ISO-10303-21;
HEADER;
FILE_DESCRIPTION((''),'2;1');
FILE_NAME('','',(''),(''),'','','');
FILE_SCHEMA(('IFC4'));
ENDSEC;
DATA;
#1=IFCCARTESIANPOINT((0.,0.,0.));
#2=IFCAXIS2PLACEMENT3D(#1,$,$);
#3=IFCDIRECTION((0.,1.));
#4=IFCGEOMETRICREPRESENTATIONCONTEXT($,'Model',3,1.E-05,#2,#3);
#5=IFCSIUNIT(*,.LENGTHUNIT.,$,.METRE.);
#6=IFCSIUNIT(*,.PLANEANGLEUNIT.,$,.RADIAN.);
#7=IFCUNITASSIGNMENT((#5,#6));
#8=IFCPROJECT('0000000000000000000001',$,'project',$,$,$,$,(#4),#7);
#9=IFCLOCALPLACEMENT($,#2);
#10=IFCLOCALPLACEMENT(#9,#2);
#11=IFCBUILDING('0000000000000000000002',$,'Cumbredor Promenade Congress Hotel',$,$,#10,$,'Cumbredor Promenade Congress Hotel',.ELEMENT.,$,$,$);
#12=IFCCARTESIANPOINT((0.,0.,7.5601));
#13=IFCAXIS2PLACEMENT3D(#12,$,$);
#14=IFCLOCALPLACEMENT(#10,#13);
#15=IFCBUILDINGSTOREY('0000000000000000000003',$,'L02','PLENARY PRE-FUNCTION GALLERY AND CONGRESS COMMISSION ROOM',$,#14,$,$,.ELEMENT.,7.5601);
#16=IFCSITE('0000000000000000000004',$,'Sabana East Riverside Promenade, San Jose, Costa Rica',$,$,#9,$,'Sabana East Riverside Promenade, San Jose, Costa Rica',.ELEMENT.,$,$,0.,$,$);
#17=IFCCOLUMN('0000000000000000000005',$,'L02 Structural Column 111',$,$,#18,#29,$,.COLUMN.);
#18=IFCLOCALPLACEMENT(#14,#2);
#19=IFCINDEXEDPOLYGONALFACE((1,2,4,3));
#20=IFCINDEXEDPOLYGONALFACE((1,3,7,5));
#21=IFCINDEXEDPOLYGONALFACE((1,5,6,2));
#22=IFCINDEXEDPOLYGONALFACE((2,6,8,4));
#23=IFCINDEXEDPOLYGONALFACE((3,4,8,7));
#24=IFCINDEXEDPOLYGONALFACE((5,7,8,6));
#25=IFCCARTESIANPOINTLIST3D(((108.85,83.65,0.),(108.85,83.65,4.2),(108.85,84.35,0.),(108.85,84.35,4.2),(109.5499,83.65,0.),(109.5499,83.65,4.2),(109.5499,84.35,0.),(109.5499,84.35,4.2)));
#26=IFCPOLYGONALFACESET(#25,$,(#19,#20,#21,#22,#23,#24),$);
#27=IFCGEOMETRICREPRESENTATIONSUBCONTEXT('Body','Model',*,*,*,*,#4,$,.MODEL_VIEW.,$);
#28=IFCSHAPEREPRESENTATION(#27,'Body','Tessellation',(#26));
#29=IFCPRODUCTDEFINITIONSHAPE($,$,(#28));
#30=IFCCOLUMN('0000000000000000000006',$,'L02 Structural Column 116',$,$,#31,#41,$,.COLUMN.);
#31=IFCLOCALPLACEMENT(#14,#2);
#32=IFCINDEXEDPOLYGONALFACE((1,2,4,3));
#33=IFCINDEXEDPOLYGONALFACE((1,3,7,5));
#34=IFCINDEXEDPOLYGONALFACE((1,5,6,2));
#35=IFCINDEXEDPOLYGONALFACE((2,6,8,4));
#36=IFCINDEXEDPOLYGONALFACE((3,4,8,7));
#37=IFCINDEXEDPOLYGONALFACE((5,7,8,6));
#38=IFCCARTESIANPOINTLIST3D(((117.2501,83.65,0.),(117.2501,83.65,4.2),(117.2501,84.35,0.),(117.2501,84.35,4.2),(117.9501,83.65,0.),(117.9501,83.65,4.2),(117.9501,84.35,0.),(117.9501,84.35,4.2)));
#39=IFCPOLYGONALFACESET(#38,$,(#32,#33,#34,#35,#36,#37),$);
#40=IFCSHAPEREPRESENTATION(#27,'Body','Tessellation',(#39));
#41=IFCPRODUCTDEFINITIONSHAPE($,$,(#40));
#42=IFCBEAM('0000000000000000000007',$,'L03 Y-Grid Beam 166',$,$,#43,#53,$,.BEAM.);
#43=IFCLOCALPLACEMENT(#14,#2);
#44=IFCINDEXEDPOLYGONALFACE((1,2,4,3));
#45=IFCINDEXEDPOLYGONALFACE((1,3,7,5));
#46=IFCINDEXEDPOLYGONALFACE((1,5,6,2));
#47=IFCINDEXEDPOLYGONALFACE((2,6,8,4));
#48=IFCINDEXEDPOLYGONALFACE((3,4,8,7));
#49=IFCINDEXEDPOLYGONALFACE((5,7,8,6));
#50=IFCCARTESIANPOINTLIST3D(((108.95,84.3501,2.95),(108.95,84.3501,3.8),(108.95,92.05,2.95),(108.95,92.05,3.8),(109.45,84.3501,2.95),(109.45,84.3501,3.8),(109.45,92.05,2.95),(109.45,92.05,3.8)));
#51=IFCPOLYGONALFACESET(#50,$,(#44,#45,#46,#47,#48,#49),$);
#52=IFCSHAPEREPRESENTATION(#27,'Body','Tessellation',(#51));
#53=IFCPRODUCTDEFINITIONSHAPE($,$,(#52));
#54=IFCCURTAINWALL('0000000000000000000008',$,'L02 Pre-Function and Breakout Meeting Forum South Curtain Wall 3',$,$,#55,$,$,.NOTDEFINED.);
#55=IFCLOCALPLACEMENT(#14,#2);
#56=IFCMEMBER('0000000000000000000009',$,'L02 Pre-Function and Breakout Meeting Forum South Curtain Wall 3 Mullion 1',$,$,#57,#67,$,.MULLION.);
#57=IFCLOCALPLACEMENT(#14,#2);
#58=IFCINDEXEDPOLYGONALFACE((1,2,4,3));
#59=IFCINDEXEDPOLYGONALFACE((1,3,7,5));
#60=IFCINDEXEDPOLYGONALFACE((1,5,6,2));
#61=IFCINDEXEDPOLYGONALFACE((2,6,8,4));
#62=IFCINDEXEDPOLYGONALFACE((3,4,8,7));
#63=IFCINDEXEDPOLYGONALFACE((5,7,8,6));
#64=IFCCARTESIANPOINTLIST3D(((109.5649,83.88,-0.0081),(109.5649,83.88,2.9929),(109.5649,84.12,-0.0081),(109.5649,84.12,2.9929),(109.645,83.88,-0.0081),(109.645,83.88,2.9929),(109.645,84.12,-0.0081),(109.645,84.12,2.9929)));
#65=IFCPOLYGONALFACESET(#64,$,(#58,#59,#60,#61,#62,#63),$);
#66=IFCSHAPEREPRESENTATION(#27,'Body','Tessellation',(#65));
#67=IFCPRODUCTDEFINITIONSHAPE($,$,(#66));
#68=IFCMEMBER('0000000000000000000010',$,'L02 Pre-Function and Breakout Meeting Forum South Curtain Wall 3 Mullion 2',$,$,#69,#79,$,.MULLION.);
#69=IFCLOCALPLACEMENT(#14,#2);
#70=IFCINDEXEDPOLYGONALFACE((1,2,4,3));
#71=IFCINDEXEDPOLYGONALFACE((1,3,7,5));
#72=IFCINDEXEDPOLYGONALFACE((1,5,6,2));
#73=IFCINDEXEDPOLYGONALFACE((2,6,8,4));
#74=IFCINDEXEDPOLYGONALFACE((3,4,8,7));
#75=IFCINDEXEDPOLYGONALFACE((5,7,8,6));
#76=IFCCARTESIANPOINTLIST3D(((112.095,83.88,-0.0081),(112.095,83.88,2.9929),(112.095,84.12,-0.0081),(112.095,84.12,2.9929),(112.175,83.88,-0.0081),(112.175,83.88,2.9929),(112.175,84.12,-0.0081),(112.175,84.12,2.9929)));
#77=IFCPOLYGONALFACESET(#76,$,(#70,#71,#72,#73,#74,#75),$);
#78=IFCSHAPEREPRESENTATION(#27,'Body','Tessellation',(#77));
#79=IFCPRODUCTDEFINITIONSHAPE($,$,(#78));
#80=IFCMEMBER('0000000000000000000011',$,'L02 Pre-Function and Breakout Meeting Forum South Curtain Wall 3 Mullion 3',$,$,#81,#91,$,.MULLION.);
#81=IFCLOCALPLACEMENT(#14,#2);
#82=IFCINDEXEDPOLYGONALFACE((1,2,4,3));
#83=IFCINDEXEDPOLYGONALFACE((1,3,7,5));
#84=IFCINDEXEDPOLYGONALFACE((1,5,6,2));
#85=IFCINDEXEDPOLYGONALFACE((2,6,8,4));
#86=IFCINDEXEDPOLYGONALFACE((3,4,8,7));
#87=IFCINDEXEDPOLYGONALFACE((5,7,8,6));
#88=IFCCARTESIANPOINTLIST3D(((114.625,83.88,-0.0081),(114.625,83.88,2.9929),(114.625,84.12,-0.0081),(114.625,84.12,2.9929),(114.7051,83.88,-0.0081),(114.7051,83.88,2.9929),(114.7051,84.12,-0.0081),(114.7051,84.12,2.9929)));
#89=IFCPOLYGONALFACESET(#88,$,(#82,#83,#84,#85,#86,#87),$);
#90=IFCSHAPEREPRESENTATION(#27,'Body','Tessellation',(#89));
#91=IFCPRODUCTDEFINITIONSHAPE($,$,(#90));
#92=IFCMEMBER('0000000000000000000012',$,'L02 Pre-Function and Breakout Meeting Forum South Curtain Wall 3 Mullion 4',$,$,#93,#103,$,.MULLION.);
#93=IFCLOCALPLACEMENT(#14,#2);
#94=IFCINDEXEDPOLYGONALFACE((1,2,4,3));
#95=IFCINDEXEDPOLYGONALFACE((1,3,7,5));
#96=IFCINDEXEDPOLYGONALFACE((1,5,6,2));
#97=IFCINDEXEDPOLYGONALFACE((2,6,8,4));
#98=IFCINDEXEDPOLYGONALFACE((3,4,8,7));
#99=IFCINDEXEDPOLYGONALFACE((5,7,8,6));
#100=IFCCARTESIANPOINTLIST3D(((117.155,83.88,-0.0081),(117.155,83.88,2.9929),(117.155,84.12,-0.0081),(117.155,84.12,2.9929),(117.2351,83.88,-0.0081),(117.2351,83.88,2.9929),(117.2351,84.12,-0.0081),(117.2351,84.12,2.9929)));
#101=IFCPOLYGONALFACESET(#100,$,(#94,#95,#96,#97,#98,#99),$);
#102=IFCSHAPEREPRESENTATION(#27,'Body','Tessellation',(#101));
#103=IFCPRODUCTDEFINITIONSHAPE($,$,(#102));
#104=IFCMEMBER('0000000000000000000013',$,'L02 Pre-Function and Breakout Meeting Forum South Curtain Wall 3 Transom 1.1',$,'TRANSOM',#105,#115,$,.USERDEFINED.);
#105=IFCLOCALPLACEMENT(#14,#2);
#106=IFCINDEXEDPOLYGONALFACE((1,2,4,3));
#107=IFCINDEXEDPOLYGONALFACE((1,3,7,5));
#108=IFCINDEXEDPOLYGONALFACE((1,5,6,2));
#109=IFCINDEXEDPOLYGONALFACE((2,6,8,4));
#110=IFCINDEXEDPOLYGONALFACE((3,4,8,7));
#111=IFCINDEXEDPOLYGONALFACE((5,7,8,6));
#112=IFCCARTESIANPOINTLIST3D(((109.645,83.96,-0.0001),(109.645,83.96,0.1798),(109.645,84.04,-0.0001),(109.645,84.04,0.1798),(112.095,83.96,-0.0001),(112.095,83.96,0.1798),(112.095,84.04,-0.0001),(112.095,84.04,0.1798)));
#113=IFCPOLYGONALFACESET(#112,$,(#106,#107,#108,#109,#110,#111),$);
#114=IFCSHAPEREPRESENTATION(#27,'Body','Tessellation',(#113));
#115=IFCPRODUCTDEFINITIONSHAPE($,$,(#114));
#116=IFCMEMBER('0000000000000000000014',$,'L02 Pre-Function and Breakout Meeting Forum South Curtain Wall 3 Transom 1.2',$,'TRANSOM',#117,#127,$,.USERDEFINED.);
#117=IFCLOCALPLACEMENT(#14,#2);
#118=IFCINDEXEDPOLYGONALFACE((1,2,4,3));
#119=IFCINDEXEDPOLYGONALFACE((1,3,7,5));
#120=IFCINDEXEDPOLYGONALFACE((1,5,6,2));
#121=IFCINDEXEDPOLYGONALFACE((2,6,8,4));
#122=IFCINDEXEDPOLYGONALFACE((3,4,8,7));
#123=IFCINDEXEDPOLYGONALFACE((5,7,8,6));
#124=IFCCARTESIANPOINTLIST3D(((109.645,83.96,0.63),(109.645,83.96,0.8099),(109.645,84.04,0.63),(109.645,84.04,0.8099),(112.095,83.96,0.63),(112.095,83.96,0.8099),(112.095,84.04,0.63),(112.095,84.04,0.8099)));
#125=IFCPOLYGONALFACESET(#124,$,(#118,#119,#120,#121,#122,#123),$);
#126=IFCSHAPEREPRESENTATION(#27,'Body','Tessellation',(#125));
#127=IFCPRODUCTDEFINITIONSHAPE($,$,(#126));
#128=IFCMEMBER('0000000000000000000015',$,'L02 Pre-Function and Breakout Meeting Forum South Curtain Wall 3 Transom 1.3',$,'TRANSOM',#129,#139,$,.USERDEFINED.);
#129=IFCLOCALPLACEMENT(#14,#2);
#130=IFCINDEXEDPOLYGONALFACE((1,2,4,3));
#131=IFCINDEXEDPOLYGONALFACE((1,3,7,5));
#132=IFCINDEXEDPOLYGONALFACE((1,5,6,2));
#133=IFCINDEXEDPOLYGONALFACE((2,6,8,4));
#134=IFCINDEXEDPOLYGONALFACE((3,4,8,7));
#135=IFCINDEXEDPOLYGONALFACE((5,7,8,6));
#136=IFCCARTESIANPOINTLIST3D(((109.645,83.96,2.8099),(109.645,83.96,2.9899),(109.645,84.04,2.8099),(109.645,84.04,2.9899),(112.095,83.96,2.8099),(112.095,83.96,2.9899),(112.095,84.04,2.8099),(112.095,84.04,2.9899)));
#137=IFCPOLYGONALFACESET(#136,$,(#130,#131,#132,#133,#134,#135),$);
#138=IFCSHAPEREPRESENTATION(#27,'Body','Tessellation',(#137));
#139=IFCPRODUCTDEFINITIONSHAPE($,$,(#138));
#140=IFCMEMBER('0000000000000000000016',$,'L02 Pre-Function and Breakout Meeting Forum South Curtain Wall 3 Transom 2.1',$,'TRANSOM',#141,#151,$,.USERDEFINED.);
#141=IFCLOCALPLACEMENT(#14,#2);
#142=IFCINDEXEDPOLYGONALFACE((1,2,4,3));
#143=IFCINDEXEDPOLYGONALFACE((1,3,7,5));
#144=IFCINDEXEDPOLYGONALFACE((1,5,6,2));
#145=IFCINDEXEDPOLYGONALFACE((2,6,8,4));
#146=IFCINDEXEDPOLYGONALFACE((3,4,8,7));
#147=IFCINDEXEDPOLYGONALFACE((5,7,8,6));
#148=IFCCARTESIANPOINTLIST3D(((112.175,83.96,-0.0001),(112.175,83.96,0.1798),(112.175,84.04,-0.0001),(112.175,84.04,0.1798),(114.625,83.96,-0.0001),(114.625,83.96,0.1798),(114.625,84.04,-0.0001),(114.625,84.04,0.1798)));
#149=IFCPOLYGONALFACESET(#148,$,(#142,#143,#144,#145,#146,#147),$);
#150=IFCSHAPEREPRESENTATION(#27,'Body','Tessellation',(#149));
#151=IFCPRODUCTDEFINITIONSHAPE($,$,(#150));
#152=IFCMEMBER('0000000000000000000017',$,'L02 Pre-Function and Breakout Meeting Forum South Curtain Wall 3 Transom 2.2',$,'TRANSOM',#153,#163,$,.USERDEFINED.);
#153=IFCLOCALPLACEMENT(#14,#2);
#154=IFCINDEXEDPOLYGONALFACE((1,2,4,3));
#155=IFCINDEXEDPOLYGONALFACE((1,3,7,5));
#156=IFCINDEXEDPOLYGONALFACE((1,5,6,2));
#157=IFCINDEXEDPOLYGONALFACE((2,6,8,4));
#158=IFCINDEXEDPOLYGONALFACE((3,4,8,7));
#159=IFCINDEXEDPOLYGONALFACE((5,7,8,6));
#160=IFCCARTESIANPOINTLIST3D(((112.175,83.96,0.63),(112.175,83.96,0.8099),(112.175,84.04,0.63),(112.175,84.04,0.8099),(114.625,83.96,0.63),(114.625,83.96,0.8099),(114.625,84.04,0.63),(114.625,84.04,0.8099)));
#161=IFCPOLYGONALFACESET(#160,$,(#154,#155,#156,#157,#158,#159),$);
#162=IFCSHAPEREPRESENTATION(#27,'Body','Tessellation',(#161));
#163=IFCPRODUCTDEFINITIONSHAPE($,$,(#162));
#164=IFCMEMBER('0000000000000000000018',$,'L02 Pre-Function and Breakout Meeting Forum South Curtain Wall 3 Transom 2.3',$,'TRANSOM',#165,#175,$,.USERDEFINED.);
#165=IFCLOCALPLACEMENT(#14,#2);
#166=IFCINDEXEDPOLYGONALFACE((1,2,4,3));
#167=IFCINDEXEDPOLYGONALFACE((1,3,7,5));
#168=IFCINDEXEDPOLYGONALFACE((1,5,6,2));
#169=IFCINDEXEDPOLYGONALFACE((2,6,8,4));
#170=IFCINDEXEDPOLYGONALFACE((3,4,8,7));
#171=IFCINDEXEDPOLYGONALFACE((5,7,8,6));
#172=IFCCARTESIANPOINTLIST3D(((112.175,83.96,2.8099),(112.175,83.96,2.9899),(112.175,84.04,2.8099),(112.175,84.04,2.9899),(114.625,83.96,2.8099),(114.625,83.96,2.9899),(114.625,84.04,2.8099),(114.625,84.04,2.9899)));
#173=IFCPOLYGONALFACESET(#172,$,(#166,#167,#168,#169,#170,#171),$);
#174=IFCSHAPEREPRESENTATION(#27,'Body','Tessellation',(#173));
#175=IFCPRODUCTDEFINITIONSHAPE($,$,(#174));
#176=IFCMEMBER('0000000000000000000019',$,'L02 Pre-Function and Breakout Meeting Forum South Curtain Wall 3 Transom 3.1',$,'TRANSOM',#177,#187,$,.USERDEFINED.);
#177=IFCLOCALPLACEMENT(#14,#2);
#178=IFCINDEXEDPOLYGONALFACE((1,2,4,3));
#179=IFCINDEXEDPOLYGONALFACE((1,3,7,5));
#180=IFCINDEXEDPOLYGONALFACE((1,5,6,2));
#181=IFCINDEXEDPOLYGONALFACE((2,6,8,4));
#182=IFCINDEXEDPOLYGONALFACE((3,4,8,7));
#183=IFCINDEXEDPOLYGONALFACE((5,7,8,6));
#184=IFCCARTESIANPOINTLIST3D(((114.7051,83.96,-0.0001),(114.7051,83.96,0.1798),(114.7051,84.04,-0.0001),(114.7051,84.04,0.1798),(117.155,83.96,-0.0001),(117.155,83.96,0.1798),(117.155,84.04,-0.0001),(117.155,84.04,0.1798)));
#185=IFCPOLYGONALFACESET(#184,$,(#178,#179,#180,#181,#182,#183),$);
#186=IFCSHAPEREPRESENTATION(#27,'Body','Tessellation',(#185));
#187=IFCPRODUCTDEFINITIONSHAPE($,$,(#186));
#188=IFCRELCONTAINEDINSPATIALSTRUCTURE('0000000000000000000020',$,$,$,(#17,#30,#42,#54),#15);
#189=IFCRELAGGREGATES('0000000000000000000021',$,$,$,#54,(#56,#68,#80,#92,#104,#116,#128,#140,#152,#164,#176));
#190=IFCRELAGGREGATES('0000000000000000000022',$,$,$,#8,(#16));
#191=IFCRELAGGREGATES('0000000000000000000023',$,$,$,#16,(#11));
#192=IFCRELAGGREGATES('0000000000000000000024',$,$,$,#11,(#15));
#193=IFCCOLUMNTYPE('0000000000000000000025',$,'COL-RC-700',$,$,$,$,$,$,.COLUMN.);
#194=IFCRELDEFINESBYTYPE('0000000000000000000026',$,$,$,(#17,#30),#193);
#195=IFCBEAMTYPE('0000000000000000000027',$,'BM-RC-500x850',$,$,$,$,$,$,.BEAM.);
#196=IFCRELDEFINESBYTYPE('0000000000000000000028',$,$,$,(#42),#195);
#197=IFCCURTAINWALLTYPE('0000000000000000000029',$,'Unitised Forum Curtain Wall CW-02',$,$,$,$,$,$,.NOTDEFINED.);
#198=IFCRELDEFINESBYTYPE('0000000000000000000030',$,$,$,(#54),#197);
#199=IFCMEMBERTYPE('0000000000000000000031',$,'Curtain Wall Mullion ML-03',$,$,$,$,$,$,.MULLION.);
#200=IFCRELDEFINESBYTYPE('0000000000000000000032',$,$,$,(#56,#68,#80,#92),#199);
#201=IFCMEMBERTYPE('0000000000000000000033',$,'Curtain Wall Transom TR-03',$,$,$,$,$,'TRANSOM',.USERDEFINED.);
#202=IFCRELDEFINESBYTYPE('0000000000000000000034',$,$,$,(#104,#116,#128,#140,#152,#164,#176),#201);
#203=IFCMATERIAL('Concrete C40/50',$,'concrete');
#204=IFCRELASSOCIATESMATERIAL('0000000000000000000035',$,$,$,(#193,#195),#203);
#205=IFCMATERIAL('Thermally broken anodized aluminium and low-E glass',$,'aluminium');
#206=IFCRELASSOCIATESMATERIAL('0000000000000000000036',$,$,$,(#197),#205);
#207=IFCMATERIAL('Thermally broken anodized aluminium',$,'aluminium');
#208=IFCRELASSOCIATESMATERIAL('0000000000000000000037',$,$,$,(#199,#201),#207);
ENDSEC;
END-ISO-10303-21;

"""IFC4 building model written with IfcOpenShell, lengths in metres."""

from ifc_helpers import new_model, si_unit, direction, frame, origin, origin_2d, place, context, subcontext, project, spatial, rectangle, extrude, material, material_profile, profile_set, type_object, element, aggregate, save


model = new_model("IFC4")

# Units and contexts
model_context = context("Model", 3, precision=1e-05, world=origin(), true_north=direction((0.0, 1.0)))
body_context = subcontext(model_context, "Body", "Model", "MODEL_VIEW")
ifc_project = project(units=[si_unit("LENGTHUNIT", "METRE"), si_unit("PLANEANGLEUNIT", "RADIAN")], contexts=[model_context])

# Site, building, storey
site_placement = place(None, origin())
site = spatial("IfcSite", under=ifc_project, at=site_placement, Name="Sabana East Riverside Promenade, San Jose, Costa Rica", LongName="Sabana East Riverside Promenade, San Jose, Costa Rica", CompositionType="ELEMENT", RefElevation=0.0)
building_placement = place(site_placement, origin())
building = spatial("IfcBuilding", under=site, at=building_placement, Name="Cumbredor Promenade Congress Hotel", LongName="Cumbredor Promenade Congress Hotel", CompositionType="ELEMENT")
storey_placement = place(building_placement, frame((0.0, 0.0, 7.5601)))
storey = spatial("IfcBuildingStorey", under=building, at=storey_placement, Name="L02", Description="PLENARY PRE-FUNCTION GALLERY AND CONGRESS COMMISSION ROOM", CompositionType="ELEMENT", Elevation=7.5601)

# Columns
ifc_material_1 = material(Name="Concrete C40/50", Category="concrete")
ifc_material_profile_1 = material_profile(ifc_material_1, rectangle(XDim=0.7, YDim=0.7, at=origin_2d()), Name="RC 700x700")
ifc_profile_set_1 = profile_set([ifc_material_profile_1], Name="Concrete C40/50")
column_type = type_object("IfcColumnType", Name="COL-RC-700", PredefinedType="COLUMN", material=ifc_profile_set_1)
for number, where, z_axis, x_axis, name in (
    (1, (109.2, 84.0, 0.0), (0.0, 0.0, 1.0), (1.0, 0.0, 0.0), "L02 Structural Column 111"),
    (2, (117.6001, 84.0, 0.0), (0.0, 0.0, 1.0), (1.0, 0.0, 0.0), "L02 Structural Column 116"),
):
    element("IfcColumn", number, at=place(storey_placement, frame(where, z_axis=z_axis, x_axis=x_axis)), inside=storey, type_object=column_type, Name=name, PredefinedType="COLUMN", context=body_context, shape_type="SweptSolid", body=[
        extrude(rectangle(XDim=0.7, YDim=0.7, at=origin_2d()), origin(), (0.0, 0.0, 1.0), 4.2),
    ])

# Beam
ifc_material_profile_2 = material_profile(ifc_material_1, rectangle(XDim=0.5, YDim=0.8501, at=origin_2d()), Name="RC BEAM 500x850")
ifc_profile_set_2 = profile_set([ifc_material_profile_2], Name="Concrete C40/50")
beam_type_1 = type_object("IfcBeamType", Name="BM-RC-500x850", PredefinedType="BEAM", material=ifc_profile_set_2)
beam_1_placement = place(storey_placement, frame((109.2, 84.3501, 3.375), z_axis=(0.0, 1.0, 0.0), x_axis=(-1.0, 0.0, 0.0)))
element("IfcBeam", 3, at=beam_1_placement, inside=storey, type_object=beam_type_1, Name="L03 Y-Grid Beam 166", PredefinedType="BEAM", context=body_context, shape_type="SweptSolid", body=[
    extrude(rectangle(XDim=0.5, YDim=0.8501, at=origin_2d()), origin(), (0.0, 0.0, 1.0), 7.7),
])

# Curtain wall, members
ifc_material_2 = material(Name="Thermally broken anodized aluminium and low-E glass", Category="aluminium")
curtain_wall_type = type_object("IfcCurtainWallType", Name="Unitised Forum Curtain Wall CW-02", PredefinedType="NOTDEFINED", material=ifc_material_2)
curtain_wall_placement = place(storey_placement, origin())
curtain_wall = element("IfcCurtainWall", 4, at=curtain_wall_placement, inside=storey, type_object=curtain_wall_type, Name="L02 Pre-Function and Breakout Meeting Forum South Curtain Wall 3", PredefinedType="NOTDEFINED")
ifc_material_3 = material(Name="Thermally broken anodized aluminium", Category="aluminium")
ifc_material_profile_3 = material_profile(ifc_material_3, rectangle(XDim=0.0801, YDim=0.24, at=origin_2d()), Name="ALU MULLION 80x240")
ifc_profile_set_3 = profile_set([ifc_material_profile_3], Name="Thermally broken anodized aluminium")
member_type_1 = type_object("IfcMemberType", Name="Curtain Wall Mullion ML-03", PredefinedType="MULLION", material=ifc_profile_set_3)
member_1_placement = place(storey_placement, frame((109.605, 84.0, -0.0081), z_axis=(0.0, 0.0, 1.0), x_axis=(1.0, 0.0, 0.0)))
member_1 = element("IfcMember", 5, at=member_1_placement, type_object=member_type_1, Name="L02 Pre-Function and Breakout Meeting Forum South Curtain Wall 3 Mullion 1", PredefinedType="MULLION", context=body_context, shape_type="SweptSolid", body=[
    extrude(rectangle(XDim=0.0801, YDim=0.24, at=origin_2d()), origin(), (0.0, 0.0, 1.0), 3.001),
])
member_2_placement = place(storey_placement, frame((112.135, 84.0, -0.0081), z_axis=(0.0, 0.0, 1.0), x_axis=(1.0, 0.0, 0.0)))
member_2 = element("IfcMember", 6, at=member_2_placement, type_object=member_type_1, Name="L02 Pre-Function and Breakout Meeting Forum South Curtain Wall 3 Mullion 2", PredefinedType="MULLION", context=body_context, shape_type="SweptSolid", body=[
    extrude(rectangle(XDim=0.0801, YDim=0.24, at=origin_2d()), origin(), (0.0, 0.0, 1.0), 3.001),
])
member_3_placement = place(storey_placement, frame((114.665, 84.0, -0.0081), z_axis=(0.0, 0.0, 1.0), x_axis=(1.0, 0.0, 0.0)))
member_3 = element("IfcMember", 7, at=member_3_placement, type_object=member_type_1, Name="L02 Pre-Function and Breakout Meeting Forum South Curtain Wall 3 Mullion 3", PredefinedType="MULLION", context=body_context, shape_type="SweptSolid", body=[
    extrude(rectangle(XDim=0.0801, YDim=0.24, at=origin_2d()), origin(), (0.0, 0.0, 1.0), 3.001),
])
member_4_placement = place(storey_placement, frame((117.1951, 84.0, -0.0081), z_axis=(0.0, 0.0, 1.0), x_axis=(1.0, 0.0, 0.0)))
member_4 = element("IfcMember", 8, at=member_4_placement, type_object=member_type_1, Name="L02 Pre-Function and Breakout Meeting Forum South Curtain Wall 3 Mullion 4", PredefinedType="MULLION", context=body_context, shape_type="SweptSolid", body=[
    extrude(rectangle(XDim=0.0801, YDim=0.24, at=origin_2d()), origin(), (0.0, 0.0, 1.0), 3.001),
])
ifc_material_profile_4 = material_profile(ifc_material_3, rectangle(XDim=0.0801, YDim=0.1799, at=origin_2d()), Name="ALU TRANSOM 80x180")
ifc_profile_set_4 = profile_set([ifc_material_profile_4], Name="Thermally broken anodized aluminium")
member_type_2 = type_object("IfcMemberType", Name="Curtain Wall Transom TR-03", ElementType="TRANSOM", PredefinedType="USERDEFINED", material=ifc_profile_set_4)
member_5_placement = place(storey_placement, frame((109.645, 84.0, 0.0898), z_axis=(1.0, 0.0, 0.0), x_axis=(0.0, 1.0, 0.0)))
member_5 = element("IfcMember", 9, at=member_5_placement, type_object=member_type_2, Name="L02 Pre-Function and Breakout Meeting Forum South Curtain Wall 3 Transom 1.1", ObjectType="TRANSOM", PredefinedType="USERDEFINED", context=body_context, shape_type="SweptSolid", body=[
    extrude(rectangle(XDim=0.0801, YDim=0.1799, at=origin_2d()), origin(), (0.0, 0.0, 1.0), 2.45),
])
member_6_placement = place(storey_placement, frame((109.645, 84.0, 0.72), z_axis=(1.0, 0.0, 0.0), x_axis=(0.0, 1.0, 0.0)))
member_6 = element("IfcMember", 10, at=member_6_placement, type_object=member_type_2, Name="L02 Pre-Function and Breakout Meeting Forum South Curtain Wall 3 Transom 1.2", ObjectType="TRANSOM", PredefinedType="USERDEFINED", context=body_context, shape_type="SweptSolid", body=[
    extrude(rectangle(XDim=0.0801, YDim=0.1799, at=origin_2d()), origin(), (0.0, 0.0, 1.0), 2.45),
])
member_7_placement = place(storey_placement, frame((109.645, 84.0, 2.8999), z_axis=(1.0, 0.0, 0.0), x_axis=(0.0, 1.0, 0.0)))
member_7 = element("IfcMember", 11, at=member_7_placement, type_object=member_type_2, Name="L02 Pre-Function and Breakout Meeting Forum South Curtain Wall 3 Transom 1.3", ObjectType="TRANSOM", PredefinedType="USERDEFINED", context=body_context, shape_type="SweptSolid", body=[
    extrude(rectangle(XDim=0.0801, YDim=0.1799, at=origin_2d()), origin(), (0.0, 0.0, 1.0), 2.45),
])
member_8_placement = place(storey_placement, frame((112.175, 84.0, 0.0898), z_axis=(1.0, 0.0, 0.0), x_axis=(0.0, 1.0, 0.0)))
member_8 = element("IfcMember", 12, at=member_8_placement, type_object=member_type_2, Name="L02 Pre-Function and Breakout Meeting Forum South Curtain Wall 3 Transom 2.1", ObjectType="TRANSOM", PredefinedType="USERDEFINED", context=body_context, shape_type="SweptSolid", body=[
    extrude(rectangle(XDim=0.0801, YDim=0.1799, at=origin_2d()), origin(), (0.0, 0.0, 1.0), 2.45),
])
member_9_placement = place(storey_placement, frame((112.175, 84.0, 0.72), z_axis=(1.0, 0.0, 0.0), x_axis=(0.0, 1.0, 0.0)))
member_9 = element("IfcMember", 13, at=member_9_placement, type_object=member_type_2, Name="L02 Pre-Function and Breakout Meeting Forum South Curtain Wall 3 Transom 2.2", ObjectType="TRANSOM", PredefinedType="USERDEFINED", context=body_context, shape_type="SweptSolid", body=[
    extrude(rectangle(XDim=0.0801, YDim=0.1799, at=origin_2d()), origin(), (0.0, 0.0, 1.0), 2.45),
])
member_10_placement = place(storey_placement, frame((112.175, 84.0, 2.8999), z_axis=(1.0, 0.0, 0.0), x_axis=(0.0, 1.0, 0.0)))
member_10 = element("IfcMember", 14, at=member_10_placement, type_object=member_type_2, Name="L02 Pre-Function and Breakout Meeting Forum South Curtain Wall 3 Transom 2.3", ObjectType="TRANSOM", PredefinedType="USERDEFINED", context=body_context, shape_type="SweptSolid", body=[
    extrude(rectangle(XDim=0.0801, YDim=0.1799, at=origin_2d()), origin(), (0.0, 0.0, 1.0), 2.45),
])
member_11_placement = place(storey_placement, frame((114.7051, 84.0, 0.0898), z_axis=(1.0, 0.0, 0.0), x_axis=(0.0, 1.0, 0.0)))
member_11 = element("IfcMember", 15, at=member_11_placement, type_object=member_type_2, Name="L02 Pre-Function and Breakout Meeting Forum South Curtain Wall 3 Transom 3.1", ObjectType="TRANSOM", PredefinedType="USERDEFINED", context=body_context, shape_type="SweptSolid", body=[
    extrude(rectangle(XDim=0.0801, YDim=0.1799, at=origin_2d()), origin(), (0.0, 0.0, 1.0), 2.45),
])

aggregate(curtain_wall, [member_1, member_2, member_3, member_4, member_5, member_6, member_7, member_8, member_9, member_10, member_11])

save(model, "model.ifc")
